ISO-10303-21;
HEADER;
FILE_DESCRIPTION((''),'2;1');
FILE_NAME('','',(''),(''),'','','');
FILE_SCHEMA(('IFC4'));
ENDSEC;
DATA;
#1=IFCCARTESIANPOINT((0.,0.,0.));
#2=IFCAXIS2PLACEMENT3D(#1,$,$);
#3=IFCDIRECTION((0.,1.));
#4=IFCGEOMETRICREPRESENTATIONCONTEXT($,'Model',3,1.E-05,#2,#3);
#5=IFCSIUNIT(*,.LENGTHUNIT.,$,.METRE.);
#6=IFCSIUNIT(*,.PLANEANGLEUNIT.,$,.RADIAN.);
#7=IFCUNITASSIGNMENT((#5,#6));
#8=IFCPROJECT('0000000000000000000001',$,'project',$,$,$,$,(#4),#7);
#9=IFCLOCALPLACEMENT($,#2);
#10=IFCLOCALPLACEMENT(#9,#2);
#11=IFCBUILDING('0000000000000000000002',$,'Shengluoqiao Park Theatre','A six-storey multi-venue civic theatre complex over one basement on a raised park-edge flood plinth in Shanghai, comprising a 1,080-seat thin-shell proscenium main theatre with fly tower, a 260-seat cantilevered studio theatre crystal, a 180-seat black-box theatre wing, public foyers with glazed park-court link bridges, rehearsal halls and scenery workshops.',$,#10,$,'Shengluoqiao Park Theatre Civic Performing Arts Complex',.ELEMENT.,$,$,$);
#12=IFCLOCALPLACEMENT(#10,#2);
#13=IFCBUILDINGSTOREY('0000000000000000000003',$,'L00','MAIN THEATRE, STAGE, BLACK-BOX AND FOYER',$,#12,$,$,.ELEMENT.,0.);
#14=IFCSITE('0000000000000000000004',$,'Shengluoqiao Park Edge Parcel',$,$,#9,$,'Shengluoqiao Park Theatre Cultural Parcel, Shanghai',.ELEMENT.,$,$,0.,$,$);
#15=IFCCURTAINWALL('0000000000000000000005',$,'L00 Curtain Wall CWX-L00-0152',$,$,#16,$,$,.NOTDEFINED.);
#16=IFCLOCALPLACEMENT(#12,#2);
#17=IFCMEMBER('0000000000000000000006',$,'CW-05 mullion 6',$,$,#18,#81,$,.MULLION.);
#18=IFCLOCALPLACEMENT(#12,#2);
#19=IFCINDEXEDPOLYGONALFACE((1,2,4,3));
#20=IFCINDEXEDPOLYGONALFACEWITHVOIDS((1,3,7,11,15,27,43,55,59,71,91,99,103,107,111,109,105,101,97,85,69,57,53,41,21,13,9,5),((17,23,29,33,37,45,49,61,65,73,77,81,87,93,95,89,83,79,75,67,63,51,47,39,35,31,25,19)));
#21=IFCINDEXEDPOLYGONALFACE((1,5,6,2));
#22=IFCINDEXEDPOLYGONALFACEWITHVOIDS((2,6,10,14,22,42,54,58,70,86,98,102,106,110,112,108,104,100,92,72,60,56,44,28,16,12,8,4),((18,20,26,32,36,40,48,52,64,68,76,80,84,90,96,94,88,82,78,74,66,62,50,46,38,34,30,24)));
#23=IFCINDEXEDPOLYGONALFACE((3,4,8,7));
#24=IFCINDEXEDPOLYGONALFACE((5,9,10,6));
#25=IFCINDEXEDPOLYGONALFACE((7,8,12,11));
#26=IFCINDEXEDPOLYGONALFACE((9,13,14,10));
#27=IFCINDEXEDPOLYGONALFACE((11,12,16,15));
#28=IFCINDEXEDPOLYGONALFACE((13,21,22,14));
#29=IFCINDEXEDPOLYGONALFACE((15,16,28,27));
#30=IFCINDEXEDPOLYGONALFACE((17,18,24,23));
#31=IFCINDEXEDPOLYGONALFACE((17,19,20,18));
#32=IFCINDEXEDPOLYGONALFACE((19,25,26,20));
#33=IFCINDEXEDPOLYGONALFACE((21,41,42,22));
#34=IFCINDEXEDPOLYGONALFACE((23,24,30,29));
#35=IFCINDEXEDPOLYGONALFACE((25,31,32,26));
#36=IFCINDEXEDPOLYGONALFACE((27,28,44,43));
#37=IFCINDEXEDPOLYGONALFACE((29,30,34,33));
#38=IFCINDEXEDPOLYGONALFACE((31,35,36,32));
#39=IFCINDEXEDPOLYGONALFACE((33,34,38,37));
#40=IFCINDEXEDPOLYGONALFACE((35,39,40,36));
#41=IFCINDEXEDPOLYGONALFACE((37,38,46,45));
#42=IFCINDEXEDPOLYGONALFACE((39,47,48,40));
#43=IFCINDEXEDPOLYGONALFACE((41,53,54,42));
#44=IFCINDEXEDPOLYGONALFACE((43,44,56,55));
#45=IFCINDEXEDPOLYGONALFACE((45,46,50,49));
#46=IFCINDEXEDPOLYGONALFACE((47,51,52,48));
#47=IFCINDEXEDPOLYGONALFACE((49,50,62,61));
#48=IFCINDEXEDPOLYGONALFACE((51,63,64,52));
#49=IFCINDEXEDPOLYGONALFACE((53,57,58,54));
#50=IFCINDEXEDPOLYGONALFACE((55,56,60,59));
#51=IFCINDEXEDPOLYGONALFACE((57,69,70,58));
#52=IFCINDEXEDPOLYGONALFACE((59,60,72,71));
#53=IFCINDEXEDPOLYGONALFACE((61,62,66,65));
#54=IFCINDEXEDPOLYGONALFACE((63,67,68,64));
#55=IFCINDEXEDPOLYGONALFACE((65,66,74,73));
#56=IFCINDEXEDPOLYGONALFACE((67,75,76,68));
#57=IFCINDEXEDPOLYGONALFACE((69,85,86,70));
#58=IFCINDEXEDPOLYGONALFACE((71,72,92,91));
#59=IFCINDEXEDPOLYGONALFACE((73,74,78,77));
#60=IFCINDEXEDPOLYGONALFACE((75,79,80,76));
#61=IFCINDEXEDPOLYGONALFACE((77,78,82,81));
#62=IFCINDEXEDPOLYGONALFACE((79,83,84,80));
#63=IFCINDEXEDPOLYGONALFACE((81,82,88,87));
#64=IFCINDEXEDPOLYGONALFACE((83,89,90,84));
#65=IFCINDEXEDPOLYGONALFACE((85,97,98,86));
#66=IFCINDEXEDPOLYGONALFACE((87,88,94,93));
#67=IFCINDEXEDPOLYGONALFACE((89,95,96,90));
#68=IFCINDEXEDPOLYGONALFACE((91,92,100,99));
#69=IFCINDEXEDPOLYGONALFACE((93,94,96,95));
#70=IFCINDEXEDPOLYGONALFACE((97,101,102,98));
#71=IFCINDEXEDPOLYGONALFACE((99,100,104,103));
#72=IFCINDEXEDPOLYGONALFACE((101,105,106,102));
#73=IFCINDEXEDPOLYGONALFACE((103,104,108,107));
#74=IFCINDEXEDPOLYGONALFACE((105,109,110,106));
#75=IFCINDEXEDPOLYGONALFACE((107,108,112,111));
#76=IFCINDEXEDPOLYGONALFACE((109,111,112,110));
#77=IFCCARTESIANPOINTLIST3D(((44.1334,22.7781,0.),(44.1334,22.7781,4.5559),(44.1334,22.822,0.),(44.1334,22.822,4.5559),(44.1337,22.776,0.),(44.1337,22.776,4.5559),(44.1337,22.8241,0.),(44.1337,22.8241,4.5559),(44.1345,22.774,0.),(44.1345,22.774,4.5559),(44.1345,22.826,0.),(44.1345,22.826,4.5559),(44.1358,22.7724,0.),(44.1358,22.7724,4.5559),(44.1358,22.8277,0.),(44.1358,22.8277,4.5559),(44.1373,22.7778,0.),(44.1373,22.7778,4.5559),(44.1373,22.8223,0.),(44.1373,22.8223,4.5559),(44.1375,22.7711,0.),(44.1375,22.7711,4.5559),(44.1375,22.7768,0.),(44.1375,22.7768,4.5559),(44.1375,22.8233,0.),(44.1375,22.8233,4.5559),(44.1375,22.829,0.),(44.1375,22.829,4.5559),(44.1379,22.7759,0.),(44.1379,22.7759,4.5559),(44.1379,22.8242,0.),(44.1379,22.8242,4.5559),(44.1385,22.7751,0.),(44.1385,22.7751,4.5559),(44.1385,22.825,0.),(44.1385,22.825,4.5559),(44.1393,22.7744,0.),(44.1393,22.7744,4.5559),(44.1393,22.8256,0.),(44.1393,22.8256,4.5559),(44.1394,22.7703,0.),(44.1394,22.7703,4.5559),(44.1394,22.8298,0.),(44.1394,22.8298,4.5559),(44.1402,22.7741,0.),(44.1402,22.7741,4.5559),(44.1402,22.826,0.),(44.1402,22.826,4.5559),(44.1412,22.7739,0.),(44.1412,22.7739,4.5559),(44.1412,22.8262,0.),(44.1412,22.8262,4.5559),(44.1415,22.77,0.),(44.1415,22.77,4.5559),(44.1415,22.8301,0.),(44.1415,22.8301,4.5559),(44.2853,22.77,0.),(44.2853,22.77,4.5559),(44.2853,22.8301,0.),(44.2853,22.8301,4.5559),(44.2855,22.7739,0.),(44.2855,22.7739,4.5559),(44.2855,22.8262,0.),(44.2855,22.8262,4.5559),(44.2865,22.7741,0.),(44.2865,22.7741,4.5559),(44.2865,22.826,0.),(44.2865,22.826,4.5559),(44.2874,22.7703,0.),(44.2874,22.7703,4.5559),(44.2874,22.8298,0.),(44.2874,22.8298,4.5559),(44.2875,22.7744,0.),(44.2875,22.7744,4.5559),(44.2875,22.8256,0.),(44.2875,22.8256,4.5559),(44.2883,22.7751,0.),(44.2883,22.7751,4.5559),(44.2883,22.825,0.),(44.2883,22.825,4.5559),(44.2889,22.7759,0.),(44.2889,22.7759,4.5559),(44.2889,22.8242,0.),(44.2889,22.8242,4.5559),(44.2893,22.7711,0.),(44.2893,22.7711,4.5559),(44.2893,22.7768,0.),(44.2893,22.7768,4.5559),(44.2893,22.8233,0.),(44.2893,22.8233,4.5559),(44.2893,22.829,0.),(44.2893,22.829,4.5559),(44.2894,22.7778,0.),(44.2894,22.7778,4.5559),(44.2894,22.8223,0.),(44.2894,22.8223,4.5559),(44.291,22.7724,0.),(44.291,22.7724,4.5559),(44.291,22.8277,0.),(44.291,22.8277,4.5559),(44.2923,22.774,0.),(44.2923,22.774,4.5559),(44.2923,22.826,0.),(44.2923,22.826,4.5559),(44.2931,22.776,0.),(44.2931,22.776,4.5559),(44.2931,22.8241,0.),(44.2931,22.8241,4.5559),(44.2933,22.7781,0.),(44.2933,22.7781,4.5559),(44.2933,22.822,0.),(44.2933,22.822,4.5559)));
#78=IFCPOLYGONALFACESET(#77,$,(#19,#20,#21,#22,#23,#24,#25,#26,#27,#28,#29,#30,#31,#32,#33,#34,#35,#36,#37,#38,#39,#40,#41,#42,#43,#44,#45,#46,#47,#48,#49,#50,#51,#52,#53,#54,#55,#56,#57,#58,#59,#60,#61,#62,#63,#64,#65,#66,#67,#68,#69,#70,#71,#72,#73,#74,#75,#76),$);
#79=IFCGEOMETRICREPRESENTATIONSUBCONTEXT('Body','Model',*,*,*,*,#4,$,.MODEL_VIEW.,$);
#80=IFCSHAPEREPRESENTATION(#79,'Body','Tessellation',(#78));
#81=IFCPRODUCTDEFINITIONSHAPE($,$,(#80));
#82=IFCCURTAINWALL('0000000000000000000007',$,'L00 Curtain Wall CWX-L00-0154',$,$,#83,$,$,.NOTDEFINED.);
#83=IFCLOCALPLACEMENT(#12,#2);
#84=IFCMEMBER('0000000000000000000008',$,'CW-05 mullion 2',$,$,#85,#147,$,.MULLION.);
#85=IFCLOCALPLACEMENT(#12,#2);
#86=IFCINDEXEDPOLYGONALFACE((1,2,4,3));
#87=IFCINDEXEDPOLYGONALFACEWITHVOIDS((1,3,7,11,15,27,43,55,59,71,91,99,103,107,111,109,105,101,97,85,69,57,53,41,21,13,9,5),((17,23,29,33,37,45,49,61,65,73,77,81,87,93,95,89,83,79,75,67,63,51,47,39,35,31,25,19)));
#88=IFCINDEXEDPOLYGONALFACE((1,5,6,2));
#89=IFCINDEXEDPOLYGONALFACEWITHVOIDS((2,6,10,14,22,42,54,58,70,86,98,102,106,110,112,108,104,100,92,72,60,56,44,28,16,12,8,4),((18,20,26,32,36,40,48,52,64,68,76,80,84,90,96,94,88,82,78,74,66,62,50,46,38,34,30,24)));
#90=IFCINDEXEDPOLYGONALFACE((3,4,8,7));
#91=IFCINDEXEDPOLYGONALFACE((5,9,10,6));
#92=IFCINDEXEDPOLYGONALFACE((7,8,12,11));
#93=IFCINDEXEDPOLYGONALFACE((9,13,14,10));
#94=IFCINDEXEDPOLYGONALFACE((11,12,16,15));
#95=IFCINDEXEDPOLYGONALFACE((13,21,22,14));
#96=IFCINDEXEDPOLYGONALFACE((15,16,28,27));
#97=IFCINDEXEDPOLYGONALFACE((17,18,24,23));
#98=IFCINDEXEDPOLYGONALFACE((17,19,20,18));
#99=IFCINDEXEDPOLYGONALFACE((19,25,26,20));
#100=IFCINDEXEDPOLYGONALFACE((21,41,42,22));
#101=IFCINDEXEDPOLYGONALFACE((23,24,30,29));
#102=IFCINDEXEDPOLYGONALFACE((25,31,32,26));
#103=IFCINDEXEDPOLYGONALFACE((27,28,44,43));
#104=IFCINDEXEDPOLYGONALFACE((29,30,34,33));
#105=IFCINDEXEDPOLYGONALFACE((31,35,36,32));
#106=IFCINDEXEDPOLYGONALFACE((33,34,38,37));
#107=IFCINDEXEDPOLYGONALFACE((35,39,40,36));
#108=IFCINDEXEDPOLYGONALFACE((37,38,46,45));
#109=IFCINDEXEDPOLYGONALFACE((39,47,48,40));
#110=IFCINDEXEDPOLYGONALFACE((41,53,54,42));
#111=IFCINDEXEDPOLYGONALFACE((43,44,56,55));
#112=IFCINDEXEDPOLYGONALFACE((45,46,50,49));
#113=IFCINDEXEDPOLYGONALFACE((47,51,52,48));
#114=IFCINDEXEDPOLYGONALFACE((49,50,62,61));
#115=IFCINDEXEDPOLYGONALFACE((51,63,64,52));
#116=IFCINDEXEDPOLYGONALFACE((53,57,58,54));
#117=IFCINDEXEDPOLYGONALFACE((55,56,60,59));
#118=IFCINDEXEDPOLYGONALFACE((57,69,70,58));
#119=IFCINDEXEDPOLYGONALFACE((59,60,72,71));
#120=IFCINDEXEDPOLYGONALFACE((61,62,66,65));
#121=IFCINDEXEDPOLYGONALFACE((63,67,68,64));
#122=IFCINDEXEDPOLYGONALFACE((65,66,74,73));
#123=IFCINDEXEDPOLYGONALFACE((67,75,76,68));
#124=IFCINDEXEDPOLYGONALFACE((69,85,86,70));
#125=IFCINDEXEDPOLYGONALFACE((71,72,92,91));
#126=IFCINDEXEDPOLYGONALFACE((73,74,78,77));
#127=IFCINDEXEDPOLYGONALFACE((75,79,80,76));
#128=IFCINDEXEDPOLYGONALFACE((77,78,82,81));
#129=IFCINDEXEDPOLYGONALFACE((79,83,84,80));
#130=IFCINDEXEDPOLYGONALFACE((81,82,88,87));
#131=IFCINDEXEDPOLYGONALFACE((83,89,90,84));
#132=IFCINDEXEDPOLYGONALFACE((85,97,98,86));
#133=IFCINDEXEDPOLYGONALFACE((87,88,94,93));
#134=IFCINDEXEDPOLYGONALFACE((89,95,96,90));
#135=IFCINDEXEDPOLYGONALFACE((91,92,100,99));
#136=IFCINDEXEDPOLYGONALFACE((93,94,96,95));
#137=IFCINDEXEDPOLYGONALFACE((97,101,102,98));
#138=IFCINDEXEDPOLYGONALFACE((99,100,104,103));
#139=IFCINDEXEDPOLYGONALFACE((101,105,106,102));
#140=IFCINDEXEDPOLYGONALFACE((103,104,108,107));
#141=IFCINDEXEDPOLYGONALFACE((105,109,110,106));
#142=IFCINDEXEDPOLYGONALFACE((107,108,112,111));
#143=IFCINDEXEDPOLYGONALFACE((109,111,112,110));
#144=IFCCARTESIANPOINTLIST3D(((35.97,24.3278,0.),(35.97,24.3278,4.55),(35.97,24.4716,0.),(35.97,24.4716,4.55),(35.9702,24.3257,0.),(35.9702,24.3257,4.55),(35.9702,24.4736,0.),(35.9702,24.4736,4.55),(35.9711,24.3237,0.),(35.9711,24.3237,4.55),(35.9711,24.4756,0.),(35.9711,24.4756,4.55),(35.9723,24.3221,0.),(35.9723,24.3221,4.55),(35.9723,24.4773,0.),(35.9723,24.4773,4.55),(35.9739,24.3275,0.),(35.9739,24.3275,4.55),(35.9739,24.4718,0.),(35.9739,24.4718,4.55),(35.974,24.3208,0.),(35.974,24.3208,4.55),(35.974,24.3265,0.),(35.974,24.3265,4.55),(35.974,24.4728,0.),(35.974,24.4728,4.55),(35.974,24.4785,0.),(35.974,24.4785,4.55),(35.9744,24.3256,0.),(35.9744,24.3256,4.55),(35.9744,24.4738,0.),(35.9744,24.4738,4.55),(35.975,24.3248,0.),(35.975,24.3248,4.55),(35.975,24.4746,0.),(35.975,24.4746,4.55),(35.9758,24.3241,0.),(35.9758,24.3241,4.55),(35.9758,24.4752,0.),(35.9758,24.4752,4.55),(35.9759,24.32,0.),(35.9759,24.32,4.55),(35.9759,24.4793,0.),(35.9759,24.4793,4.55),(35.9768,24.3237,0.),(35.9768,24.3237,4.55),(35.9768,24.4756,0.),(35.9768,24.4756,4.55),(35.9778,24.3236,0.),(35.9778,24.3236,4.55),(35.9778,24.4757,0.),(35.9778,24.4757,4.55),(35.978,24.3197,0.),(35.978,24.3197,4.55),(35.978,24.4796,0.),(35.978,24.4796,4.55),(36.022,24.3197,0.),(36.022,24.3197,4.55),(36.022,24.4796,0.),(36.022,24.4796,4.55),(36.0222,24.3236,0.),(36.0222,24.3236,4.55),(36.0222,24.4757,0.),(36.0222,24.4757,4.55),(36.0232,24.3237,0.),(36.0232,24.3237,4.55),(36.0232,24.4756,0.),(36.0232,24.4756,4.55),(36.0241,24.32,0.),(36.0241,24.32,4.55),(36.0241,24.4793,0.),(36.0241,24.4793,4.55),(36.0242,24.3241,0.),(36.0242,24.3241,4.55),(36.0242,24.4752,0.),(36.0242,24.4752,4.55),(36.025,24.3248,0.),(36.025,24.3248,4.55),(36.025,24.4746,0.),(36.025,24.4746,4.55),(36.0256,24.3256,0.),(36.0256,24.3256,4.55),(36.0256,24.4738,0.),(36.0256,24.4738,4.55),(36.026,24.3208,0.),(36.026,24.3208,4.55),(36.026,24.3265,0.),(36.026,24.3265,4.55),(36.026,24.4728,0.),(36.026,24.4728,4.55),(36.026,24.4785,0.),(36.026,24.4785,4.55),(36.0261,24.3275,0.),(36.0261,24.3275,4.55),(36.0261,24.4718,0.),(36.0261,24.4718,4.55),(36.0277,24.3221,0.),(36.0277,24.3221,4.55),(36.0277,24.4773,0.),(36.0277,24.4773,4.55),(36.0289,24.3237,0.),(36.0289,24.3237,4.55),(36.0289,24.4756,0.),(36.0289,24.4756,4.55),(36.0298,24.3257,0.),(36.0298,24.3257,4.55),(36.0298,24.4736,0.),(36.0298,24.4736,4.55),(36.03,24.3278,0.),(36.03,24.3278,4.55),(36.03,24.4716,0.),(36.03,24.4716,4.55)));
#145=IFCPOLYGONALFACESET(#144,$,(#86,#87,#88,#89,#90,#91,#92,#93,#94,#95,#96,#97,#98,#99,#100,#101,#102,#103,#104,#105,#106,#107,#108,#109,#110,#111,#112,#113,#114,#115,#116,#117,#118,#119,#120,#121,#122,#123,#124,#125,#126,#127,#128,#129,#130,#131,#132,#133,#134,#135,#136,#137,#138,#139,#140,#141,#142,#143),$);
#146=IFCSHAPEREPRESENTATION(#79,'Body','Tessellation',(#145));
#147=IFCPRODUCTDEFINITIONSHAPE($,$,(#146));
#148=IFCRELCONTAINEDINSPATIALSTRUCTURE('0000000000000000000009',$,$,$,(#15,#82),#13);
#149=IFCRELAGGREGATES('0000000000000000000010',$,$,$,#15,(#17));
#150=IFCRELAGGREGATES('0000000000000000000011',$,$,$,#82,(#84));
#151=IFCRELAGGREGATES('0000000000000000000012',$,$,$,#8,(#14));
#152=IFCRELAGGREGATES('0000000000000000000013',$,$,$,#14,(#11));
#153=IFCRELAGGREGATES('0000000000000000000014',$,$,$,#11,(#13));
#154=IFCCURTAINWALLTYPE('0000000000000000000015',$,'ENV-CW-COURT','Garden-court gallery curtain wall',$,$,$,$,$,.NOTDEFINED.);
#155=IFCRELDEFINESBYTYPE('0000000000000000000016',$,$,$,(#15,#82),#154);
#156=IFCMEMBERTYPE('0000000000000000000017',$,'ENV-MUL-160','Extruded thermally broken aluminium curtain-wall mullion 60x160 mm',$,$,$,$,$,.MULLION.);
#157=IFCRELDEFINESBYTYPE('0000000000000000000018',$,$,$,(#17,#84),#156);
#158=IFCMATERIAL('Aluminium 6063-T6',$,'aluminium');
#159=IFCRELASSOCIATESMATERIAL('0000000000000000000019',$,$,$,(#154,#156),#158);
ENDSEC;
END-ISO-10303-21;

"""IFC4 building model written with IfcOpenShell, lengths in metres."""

from ifc_helpers import new_model, si_unit, direction, frame, origin, origin_2d, place, context, subcontext, project, spatial, hollow_rectangle, extrude, material, material_profile, profile_set, type_object, element, aggregate, save


model = new_model("IFC4")

# Units and contexts
model_context = context("Model", 3, precision=1e-05, world=origin(), true_north=direction((0.0, 1.0)))
body_context = subcontext(model_context, "Body", "Model", "MODEL_VIEW")
ifc_project = project(units=[si_unit("LENGTHUNIT", "METRE"), si_unit("PLANEANGLEUNIT", "RADIAN")], contexts=[model_context])

# Site, building, storey
site_placement = place(None, origin())
site = spatial("IfcSite", under=ifc_project, at=site_placement, Name="Shengluoqiao Park Edge Parcel", LongName="Shengluoqiao Park Theatre Cultural Parcel, Shanghai", CompositionType="ELEMENT", RefElevation=0.0)
building_placement = place(site_placement, origin())
building = spatial("IfcBuilding", under=site, at=building_placement, Name="Shengluoqiao Park Theatre", Description="A six-storey multi-venue civic theatre complex over one basement on a raised park-edge flood plinth in Shanghai, comprising a 1,080-seat thin-shell proscenium main theatre with fly tower, a 260-seat cantilevered studio theatre crystal, a 180-seat black-box theatre wing, public foyers with glazed park-court link bridges, rehearsal halls and scenery workshops.", LongName="Shengluoqiao Park Theatre Civic Performing Arts Complex", CompositionType="ELEMENT")
storey_placement = place(building_placement, origin())
storey = spatial("IfcBuildingStorey", under=building, at=storey_placement, Name="L00", Description="MAIN THEATRE, STAGE, BLACK-BOX AND FOYER", CompositionType="ELEMENT", Elevation=0.0)

# Curtain walls, members
ifc_material_1 = material(Name="Aluminium 6063-T6", Category="aluminium")
curtain_wall_type = type_object("IfcCurtainWallType", Name="ENV-CW-COURT", Description="Garden-court gallery curtain wall", PredefinedType="NOTDEFINED", material=ifc_material_1)
curtain_wall_1_placement = place(storey_placement, origin())
curtain_wall_1 = element("IfcCurtainWall", 1, at=curtain_wall_1_placement, inside=storey, type_object=curtain_wall_type, Name="L00 Curtain Wall CWX-L00-0152", PredefinedType="NOTDEFINED")
ifc_material_profile_1 = material_profile(ifc_material_1, hollow_rectangle(XDim=0.0601, YDim=0.1599, WallThickness=0.0039, InnerFilletRadius=0.0039, OuterFilletRadius=0.0081, at=origin_2d()), Name="ALU MULLION 160x60x4")
ifc_profile_set_1 = profile_set([ifc_material_profile_1], Name="Aluminium 6063-T6")
member_type_1 = type_object("IfcMemberType", Name="ENV-MUL-160", Description="Extruded thermally broken aluminium curtain-wall mullion 60x160 mm", PredefinedType="MULLION", material=ifc_profile_set_1)
member_1_placement = place(storey_placement, frame((44.2134, 22.8, 0.0), z_axis=(0.0, 0.0, 1.0), x_axis=(0.0, 1.0, 0.0)))
member_1 = element("IfcMember", 2, at=member_1_placement, type_object=member_type_1, Name="CW-05 mullion 6", PredefinedType="MULLION", context=body_context, shape_type="SweptSolid", body=[
    extrude(hollow_rectangle(XDim=0.0601, YDim=0.1599, WallThickness=0.0039, InnerFilletRadius=0.0039, OuterFilletRadius=0.0081, at=origin_2d()), origin(), (0.0, 0.0, 1.0), 4.5559),
])
curtain_wall_2_placement = place(storey_placement, origin())
curtain_wall_2 = element("IfcCurtainWall", 3, at=curtain_wall_2_placement, inside=storey, type_object=curtain_wall_type, Name="L00 Curtain Wall CWX-L00-0154", PredefinedType="NOTDEFINED")
member_2_placement = place(storey_placement, frame((36.0, 24.3997, 0.0), z_axis=(0.0, 0.0, 1.0), x_axis=(-1.0, 0.0, 0.0)))
member_2 = element("IfcMember", 4, at=member_2_placement, type_object=member_type_1, Name="CW-05 mullion 2", PredefinedType="MULLION", context=body_context, shape_type="SweptSolid", body=[
    extrude(hollow_rectangle(XDim=0.0601, YDim=0.1599, WallThickness=0.0039, InnerFilletRadius=0.0039, OuterFilletRadius=0.0081, at=origin_2d()), origin(), (0.0, 0.0, 1.0), 4.55),
])

aggregate(curtain_wall_1, [member_1])
aggregate(curtain_wall_2, [member_2])

save(model, "model.ifc")
